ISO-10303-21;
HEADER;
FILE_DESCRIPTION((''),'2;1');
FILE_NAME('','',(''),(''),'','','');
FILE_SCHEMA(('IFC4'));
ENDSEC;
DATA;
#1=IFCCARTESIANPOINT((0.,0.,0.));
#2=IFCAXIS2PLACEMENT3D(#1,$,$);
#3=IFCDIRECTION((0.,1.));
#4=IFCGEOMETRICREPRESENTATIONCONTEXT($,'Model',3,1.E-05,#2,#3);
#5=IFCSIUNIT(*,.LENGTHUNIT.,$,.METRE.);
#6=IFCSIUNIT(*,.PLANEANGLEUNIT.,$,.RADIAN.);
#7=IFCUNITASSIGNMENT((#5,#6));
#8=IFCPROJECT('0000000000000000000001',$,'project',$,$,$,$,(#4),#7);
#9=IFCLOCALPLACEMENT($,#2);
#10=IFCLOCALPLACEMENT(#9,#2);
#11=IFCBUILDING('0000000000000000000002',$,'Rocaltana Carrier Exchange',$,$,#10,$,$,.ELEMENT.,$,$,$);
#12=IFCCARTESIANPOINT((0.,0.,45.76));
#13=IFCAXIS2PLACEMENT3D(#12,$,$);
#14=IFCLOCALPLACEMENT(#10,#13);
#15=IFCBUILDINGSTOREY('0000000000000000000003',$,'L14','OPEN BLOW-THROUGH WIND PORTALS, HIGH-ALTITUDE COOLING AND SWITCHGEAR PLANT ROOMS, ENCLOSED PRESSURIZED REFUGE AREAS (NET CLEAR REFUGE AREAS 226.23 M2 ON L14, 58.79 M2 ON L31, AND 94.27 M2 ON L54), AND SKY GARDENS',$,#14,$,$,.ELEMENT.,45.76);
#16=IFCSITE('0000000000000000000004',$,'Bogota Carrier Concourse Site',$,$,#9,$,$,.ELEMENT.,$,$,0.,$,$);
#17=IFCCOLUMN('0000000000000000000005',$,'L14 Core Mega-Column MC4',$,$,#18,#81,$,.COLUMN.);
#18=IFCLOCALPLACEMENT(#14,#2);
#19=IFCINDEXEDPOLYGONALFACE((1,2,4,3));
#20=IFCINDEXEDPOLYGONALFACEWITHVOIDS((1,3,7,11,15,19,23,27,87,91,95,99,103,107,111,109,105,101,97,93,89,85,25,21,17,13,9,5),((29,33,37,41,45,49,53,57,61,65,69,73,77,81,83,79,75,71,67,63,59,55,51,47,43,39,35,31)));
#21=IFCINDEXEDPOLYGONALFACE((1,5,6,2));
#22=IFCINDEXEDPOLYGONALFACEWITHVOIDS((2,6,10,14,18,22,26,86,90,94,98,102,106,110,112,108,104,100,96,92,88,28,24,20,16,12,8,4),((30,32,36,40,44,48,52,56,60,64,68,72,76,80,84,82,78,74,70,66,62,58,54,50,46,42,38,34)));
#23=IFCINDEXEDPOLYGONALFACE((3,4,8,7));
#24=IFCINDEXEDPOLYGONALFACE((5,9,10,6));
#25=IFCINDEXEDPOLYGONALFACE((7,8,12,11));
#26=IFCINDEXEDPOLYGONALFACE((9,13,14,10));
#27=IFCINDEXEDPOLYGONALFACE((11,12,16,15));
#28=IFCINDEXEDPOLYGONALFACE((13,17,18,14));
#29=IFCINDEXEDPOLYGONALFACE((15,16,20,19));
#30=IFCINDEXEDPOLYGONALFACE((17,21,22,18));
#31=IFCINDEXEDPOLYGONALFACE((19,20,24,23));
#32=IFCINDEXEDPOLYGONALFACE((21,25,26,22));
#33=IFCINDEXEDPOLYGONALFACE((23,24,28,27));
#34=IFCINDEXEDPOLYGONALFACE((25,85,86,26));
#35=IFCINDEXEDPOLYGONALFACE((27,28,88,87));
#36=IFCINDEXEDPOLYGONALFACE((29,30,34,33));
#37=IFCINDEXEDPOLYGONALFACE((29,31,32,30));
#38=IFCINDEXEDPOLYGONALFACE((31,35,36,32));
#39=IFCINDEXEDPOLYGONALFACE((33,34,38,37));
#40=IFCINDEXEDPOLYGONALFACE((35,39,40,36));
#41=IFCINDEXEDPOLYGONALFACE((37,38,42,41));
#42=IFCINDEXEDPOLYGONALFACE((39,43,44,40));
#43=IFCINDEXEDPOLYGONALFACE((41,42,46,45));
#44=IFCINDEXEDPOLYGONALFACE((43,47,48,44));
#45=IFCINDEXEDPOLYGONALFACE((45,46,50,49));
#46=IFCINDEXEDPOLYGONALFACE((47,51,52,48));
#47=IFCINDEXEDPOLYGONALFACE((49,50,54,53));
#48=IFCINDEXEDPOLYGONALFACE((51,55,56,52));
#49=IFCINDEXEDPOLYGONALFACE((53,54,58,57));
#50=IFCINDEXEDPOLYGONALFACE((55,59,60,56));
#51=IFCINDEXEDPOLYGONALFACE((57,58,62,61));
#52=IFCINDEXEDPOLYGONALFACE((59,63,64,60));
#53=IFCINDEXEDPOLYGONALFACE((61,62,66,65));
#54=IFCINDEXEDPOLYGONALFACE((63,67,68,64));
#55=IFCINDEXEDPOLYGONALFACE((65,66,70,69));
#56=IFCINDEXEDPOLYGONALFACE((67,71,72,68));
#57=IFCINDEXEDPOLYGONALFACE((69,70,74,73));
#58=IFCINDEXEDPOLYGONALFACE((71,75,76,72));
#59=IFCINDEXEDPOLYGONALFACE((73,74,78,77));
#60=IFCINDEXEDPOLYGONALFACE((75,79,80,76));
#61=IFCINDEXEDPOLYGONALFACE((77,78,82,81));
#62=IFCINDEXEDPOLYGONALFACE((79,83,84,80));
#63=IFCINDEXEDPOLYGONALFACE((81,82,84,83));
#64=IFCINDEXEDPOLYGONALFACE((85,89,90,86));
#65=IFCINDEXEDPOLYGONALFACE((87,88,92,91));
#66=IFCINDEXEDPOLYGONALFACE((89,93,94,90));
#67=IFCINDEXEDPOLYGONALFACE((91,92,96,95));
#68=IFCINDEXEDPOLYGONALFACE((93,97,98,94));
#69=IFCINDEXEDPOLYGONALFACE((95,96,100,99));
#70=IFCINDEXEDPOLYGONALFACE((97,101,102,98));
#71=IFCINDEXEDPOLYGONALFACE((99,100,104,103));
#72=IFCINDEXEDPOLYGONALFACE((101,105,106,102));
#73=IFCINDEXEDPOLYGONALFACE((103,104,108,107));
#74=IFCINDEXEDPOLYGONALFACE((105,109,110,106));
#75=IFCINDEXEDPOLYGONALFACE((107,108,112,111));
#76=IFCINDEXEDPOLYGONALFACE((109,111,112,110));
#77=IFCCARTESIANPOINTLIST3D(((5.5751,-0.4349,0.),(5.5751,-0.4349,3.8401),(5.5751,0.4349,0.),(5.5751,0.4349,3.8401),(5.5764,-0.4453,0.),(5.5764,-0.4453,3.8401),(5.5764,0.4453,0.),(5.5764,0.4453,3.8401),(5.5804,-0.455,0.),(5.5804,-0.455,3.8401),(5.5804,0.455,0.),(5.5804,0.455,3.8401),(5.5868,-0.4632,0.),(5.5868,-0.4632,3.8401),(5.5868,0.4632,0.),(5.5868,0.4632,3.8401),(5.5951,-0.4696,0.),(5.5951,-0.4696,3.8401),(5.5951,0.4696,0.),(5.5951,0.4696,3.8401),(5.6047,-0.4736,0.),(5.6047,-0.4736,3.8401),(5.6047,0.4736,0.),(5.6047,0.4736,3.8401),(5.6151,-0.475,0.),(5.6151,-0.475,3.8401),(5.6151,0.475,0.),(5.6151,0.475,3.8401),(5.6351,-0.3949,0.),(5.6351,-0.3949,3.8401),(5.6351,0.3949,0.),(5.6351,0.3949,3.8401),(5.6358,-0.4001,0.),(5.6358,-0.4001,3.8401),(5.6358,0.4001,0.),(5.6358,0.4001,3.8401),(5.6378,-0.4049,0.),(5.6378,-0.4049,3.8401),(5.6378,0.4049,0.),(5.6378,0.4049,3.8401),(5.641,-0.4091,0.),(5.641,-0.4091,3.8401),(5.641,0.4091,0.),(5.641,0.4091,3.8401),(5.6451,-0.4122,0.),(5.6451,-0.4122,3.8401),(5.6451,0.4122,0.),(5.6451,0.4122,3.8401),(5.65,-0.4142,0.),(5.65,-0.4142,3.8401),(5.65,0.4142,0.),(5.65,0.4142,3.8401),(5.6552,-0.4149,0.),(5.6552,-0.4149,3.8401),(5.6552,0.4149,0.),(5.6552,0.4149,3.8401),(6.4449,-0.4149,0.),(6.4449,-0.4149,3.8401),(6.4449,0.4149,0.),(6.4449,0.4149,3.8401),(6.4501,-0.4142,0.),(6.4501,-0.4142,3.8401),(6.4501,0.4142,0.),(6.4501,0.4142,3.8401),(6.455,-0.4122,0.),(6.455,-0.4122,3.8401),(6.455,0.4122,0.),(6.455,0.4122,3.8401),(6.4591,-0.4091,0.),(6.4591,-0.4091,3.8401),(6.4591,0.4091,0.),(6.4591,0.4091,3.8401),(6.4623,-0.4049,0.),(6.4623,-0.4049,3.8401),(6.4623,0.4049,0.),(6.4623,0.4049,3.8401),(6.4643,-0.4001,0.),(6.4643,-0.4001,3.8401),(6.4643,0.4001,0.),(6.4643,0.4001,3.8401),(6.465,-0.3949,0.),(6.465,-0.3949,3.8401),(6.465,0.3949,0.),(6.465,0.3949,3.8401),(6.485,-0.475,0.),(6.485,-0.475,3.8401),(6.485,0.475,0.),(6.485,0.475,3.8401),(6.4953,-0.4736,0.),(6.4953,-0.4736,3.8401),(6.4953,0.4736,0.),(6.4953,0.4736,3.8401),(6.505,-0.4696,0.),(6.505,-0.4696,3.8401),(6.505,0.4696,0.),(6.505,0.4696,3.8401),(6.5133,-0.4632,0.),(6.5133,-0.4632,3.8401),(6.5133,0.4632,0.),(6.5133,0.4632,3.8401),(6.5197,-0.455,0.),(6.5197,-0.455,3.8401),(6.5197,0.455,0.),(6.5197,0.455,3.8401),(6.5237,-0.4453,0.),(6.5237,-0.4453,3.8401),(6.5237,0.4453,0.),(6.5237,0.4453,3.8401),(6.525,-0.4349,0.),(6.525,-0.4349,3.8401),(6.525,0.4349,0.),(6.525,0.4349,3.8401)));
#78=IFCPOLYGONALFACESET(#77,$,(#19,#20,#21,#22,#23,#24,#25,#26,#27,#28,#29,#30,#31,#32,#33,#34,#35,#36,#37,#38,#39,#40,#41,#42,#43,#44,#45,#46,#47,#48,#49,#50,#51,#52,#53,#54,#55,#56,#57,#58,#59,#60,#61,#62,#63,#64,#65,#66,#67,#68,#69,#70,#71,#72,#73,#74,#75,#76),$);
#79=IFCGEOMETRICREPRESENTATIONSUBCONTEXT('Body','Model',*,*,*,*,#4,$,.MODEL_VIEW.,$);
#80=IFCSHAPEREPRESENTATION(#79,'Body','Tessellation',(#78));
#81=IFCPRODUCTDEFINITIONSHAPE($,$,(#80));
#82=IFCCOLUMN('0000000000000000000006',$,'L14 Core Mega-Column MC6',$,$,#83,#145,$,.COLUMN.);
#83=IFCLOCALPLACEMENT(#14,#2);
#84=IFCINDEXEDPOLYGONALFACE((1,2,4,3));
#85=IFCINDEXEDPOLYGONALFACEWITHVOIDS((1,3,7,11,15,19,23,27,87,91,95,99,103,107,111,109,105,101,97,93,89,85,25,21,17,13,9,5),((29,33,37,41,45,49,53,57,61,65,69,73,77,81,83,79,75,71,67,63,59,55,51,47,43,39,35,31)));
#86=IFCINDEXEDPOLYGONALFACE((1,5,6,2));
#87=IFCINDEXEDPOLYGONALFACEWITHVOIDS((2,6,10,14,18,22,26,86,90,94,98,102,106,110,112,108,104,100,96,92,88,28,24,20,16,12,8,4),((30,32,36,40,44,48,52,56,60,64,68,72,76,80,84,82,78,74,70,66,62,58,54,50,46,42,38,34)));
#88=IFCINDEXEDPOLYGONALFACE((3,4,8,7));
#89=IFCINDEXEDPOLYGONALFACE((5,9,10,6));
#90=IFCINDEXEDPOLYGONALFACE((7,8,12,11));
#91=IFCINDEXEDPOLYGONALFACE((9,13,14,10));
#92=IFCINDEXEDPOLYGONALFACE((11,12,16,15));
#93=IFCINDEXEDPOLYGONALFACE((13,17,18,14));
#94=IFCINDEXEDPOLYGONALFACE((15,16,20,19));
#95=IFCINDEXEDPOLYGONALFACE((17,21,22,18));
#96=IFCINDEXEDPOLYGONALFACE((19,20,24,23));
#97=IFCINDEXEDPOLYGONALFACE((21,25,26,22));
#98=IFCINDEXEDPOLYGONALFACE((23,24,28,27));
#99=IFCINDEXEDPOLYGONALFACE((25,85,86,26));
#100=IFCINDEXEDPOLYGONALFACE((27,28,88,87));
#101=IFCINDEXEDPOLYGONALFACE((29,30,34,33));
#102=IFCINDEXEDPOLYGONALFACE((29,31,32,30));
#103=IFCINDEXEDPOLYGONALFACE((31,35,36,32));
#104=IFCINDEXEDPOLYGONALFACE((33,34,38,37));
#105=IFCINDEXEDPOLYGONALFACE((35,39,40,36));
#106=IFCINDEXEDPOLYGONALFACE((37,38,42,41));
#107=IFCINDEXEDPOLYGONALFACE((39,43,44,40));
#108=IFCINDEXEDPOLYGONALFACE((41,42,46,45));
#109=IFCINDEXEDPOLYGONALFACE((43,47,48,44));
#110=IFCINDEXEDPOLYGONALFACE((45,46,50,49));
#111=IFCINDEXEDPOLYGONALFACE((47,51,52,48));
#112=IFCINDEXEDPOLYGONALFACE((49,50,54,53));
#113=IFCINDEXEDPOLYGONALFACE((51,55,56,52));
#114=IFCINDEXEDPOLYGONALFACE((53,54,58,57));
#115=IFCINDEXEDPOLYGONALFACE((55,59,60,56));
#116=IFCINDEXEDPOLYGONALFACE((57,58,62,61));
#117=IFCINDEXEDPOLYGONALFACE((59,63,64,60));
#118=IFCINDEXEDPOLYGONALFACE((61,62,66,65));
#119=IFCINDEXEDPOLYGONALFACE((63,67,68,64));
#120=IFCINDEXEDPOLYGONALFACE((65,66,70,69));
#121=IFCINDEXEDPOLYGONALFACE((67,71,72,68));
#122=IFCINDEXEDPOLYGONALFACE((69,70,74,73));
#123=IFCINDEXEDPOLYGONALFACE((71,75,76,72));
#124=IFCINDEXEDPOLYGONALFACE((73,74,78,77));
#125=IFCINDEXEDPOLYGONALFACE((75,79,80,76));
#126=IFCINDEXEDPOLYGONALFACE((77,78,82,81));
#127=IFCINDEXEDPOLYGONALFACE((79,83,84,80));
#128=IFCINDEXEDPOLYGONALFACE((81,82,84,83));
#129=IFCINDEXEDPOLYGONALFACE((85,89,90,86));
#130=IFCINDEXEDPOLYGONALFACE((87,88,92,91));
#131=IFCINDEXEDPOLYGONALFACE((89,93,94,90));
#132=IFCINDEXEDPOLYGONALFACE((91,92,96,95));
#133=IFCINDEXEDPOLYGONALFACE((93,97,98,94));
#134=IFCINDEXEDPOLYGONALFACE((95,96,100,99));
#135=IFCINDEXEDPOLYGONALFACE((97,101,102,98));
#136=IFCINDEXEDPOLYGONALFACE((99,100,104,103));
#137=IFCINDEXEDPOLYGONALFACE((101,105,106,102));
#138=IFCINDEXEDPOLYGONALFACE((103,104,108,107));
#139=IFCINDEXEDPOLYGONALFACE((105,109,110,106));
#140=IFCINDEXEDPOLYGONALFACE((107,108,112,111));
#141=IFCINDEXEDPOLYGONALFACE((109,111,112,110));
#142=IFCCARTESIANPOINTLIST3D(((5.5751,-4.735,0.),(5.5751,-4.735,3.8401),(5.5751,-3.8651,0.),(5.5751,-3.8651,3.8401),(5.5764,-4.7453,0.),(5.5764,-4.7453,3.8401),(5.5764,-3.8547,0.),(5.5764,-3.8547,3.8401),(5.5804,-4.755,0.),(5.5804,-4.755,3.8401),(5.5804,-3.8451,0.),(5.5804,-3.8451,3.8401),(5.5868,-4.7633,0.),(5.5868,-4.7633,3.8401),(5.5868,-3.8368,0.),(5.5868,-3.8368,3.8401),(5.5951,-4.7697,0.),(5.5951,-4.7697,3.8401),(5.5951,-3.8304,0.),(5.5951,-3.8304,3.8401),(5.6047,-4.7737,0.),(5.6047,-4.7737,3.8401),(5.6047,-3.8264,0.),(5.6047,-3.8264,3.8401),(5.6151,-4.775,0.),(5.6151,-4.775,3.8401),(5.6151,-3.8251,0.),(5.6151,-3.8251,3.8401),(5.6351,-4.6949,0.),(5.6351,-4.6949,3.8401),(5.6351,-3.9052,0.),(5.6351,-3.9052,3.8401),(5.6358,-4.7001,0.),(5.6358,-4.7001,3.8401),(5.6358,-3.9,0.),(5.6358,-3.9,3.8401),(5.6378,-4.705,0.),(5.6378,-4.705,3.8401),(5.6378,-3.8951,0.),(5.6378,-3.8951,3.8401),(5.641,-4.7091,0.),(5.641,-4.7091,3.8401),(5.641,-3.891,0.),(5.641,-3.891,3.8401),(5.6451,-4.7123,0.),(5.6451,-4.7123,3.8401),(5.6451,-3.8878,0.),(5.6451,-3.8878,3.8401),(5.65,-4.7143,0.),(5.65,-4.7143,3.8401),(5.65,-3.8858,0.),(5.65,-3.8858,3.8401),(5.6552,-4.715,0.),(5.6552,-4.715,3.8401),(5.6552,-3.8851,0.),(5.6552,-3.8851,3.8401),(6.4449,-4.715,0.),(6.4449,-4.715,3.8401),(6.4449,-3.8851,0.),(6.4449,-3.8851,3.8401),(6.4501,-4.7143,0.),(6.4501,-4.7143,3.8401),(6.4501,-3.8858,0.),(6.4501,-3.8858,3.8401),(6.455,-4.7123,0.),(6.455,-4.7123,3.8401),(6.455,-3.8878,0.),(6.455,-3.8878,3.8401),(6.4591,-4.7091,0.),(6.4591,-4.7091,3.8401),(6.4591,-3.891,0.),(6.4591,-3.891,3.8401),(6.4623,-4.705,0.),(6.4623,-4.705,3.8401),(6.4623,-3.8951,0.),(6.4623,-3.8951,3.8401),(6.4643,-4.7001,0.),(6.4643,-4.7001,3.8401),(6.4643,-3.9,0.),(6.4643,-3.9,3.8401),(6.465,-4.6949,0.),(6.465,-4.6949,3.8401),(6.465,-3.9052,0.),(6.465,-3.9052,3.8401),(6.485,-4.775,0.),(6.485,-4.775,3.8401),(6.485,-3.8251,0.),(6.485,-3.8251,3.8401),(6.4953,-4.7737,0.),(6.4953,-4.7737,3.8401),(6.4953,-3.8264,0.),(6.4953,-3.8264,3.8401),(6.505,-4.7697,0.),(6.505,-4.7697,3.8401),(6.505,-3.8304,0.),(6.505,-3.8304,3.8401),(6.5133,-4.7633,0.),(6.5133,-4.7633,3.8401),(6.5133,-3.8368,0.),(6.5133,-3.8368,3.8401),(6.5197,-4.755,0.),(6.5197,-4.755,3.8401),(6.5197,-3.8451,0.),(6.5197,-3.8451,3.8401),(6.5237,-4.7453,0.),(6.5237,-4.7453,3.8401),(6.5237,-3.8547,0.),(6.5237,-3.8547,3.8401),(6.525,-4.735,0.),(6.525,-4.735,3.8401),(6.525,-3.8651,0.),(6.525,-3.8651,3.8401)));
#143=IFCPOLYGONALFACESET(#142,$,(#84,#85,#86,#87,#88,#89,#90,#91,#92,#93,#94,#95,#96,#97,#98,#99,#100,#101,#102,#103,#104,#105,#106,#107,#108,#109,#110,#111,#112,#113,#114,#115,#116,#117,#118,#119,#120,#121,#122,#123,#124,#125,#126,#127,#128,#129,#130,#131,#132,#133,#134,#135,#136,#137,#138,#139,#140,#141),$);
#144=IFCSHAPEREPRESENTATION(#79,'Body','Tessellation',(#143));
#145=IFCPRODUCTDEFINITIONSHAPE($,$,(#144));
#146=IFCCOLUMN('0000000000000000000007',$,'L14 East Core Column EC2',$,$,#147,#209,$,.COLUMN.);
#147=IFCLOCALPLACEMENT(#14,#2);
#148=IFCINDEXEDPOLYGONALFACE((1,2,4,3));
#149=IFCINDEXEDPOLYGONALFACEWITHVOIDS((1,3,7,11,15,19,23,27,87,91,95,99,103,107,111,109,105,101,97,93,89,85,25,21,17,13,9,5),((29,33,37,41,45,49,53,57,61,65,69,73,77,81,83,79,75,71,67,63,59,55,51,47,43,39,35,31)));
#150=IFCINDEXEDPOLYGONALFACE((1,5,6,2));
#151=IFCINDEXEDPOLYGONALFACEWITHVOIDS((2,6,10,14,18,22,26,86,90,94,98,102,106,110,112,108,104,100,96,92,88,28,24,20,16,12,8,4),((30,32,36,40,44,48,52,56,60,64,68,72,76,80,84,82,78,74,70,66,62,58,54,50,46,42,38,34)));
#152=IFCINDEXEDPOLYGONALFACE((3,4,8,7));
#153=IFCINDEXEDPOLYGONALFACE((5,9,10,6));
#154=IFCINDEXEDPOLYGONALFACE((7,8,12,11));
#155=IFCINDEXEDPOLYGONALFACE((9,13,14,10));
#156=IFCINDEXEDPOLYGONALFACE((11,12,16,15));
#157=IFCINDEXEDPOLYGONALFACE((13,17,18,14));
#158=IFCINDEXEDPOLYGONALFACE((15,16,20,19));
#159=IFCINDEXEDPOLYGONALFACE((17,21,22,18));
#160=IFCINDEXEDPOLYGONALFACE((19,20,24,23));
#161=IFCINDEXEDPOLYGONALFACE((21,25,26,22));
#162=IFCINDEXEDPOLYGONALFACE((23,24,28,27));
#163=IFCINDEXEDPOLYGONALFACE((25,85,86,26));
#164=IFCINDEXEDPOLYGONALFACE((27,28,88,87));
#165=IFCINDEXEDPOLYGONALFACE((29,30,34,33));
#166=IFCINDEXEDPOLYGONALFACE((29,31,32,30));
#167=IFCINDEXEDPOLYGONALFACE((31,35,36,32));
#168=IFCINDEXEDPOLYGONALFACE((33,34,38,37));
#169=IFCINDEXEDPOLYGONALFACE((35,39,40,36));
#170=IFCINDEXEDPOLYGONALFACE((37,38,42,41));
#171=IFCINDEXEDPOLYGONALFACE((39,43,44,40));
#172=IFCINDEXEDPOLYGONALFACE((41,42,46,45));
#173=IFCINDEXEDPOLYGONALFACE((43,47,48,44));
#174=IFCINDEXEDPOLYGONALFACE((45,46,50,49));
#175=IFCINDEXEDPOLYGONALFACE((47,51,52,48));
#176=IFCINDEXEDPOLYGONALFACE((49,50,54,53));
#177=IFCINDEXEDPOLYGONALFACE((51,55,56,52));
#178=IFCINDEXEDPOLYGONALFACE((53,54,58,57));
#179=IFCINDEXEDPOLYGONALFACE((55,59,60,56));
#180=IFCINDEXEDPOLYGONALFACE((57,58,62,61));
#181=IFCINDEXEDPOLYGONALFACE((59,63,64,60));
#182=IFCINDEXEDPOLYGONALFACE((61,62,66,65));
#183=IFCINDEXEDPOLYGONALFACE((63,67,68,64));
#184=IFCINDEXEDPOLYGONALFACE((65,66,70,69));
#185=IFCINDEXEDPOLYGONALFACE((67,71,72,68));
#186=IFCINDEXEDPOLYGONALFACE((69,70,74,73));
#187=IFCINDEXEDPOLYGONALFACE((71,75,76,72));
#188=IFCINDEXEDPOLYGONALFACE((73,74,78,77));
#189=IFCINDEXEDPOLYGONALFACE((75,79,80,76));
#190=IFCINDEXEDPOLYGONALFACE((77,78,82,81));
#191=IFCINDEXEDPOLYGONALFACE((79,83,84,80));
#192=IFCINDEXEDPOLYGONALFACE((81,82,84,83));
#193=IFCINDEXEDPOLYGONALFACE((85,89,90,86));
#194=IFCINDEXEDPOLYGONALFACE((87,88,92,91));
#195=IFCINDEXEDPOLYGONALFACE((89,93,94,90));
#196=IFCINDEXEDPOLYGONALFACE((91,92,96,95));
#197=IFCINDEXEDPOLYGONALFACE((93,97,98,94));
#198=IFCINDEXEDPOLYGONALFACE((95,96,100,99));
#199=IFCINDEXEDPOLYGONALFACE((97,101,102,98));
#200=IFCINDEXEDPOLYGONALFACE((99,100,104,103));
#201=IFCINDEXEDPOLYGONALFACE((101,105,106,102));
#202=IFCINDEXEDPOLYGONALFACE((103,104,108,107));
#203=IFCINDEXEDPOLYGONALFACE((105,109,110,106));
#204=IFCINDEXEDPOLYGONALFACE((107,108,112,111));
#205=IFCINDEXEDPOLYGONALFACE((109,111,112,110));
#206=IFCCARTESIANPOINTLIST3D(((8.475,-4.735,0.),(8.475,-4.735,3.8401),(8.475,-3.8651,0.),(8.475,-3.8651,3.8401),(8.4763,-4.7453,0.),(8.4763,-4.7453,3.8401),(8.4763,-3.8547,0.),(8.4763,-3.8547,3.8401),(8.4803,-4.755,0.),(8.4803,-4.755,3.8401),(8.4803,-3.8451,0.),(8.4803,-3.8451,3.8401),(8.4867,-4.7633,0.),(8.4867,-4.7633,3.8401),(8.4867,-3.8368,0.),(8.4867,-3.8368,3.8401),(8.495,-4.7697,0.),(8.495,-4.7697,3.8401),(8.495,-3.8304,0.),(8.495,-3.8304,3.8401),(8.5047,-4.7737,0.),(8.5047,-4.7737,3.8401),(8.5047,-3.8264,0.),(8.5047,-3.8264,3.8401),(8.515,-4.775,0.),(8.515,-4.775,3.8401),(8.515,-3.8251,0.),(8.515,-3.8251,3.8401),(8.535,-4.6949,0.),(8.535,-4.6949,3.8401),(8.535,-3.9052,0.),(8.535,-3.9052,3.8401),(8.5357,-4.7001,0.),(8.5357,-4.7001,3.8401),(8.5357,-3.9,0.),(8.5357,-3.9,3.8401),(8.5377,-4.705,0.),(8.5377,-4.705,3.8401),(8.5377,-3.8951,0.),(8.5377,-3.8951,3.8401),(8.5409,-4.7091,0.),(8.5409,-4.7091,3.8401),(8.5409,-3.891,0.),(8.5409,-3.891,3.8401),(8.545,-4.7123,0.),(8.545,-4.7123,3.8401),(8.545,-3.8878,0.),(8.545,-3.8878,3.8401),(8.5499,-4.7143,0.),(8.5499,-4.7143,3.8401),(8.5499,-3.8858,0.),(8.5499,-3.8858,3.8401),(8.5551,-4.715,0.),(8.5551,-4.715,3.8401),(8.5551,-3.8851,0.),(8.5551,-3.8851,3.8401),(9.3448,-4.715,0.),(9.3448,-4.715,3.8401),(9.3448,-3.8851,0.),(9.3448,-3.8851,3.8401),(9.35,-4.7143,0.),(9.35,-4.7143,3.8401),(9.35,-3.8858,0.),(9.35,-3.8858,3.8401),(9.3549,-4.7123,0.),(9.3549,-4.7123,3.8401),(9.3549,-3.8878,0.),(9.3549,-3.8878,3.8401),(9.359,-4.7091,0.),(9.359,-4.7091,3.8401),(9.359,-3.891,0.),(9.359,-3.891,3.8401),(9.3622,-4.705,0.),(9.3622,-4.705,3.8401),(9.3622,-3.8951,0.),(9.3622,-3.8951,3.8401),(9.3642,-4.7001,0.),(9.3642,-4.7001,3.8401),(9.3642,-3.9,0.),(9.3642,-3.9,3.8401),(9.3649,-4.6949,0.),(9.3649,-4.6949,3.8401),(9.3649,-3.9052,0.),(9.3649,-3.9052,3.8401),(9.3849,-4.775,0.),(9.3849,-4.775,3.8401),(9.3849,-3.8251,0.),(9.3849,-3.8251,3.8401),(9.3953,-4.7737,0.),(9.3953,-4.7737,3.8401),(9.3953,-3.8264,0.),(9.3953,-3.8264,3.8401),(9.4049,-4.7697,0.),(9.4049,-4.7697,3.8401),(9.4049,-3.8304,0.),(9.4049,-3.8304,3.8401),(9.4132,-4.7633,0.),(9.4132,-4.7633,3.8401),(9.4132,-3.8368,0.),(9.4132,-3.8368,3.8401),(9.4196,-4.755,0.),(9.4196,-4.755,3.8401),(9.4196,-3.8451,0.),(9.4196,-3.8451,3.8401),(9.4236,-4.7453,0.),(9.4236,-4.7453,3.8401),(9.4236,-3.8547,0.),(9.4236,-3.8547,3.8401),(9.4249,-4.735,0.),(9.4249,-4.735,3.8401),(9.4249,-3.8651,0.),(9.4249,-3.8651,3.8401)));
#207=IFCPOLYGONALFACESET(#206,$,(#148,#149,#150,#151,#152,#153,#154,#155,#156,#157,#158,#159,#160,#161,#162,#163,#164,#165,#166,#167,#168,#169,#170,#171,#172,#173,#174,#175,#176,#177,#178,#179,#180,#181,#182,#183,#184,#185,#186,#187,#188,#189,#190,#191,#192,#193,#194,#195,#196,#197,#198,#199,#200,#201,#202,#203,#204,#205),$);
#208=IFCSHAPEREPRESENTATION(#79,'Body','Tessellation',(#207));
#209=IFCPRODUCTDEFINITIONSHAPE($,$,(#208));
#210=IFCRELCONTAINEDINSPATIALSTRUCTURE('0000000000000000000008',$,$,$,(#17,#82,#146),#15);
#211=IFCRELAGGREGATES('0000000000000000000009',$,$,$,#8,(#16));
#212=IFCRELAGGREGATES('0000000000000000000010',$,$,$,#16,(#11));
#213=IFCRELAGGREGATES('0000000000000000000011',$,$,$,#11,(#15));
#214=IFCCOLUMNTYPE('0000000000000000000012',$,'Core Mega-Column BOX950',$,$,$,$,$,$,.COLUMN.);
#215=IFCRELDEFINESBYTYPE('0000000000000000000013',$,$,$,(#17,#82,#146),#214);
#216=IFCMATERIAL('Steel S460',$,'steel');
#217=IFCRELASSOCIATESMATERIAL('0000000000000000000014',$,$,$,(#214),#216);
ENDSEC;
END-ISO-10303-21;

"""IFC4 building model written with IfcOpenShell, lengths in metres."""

from ifc_helpers import new_model, si_unit, direction, frame, origin, origin_2d, place, context, subcontext, project, spatial, hollow_rectangle, extrude, material, material_profile, profile_set, type_object, element, save


model = new_model("IFC4")

# Units and contexts
model_context = context("Model", 3, precision=1e-05, world=origin(), true_north=direction((0.0, 1.0)))
body_context = subcontext(model_context, "Body", "Model", "MODEL_VIEW")
ifc_project = project(units=[si_unit("LENGTHUNIT", "METRE"), si_unit("PLANEANGLEUNIT", "RADIAN")], contexts=[model_context])

# Site, building, storey
site_placement = place(None, origin())
site = spatial("IfcSite", under=ifc_project, at=site_placement, Name="Bogota Carrier Concourse Site", CompositionType="ELEMENT", RefElevation=0.0)
building_placement = place(site_placement, origin())
building = spatial("IfcBuilding", under=site, at=building_placement, Name="Rocaltana Carrier Exchange", CompositionType="ELEMENT")
storey_placement = place(building_placement, frame((0.0, 0.0, 45.76)))
storey = spatial("IfcBuildingStorey", under=building, at=storey_placement, Name="L14", Description="OPEN BLOW-THROUGH WIND PORTALS, HIGH-ALTITUDE COOLING AND SWITCHGEAR PLANT ROOMS, ENCLOSED PRESSURIZED REFUGE AREAS (NET CLEAR REFUGE AREAS 226.23 M2 ON L14, 58.79 M2 ON L31, AND 94.27 M2 ON L54), AND SKY GARDENS", CompositionType="ELEMENT", Elevation=45.76)

# Columns
ifc_material_1 = material(Name="Steel S460", Category="steel")
ifc_material_profile_1 = material_profile(ifc_material_1, hollow_rectangle(XDim=0.95, YDim=0.95, WallThickness=0.0601, InnerFilletRadius=0.02, OuterFilletRadius=0.04, at=origin_2d()), Name="BOX950X950X60")
ifc_profile_set_1 = profile_set([ifc_material_profile_1], Name="Steel S460")
column_type = type_object("IfcColumnType", Name="Core Mega-Column BOX950", PredefinedType="COLUMN", material=ifc_profile_set_1)
for number, where, z_axis, x_axis, name in (
    (1, (6.05, 0.0, 0.0), (0.0, 0.0, 1.0), (1.0, 0.0, 0.0), "L14 Core Mega-Column MC4"),
    (2, (6.05, -4.3, 0.0), (0.0, 0.0, 1.0), (1.0, 0.0, 0.0), "L14 Core Mega-Column MC6"),
    (3, (8.95, -4.3, 0.0), (0.0, 0.0, 1.0), (1.0, 0.0, 0.0), "L14 East Core Column EC2"),
):
    element("IfcColumn", number, at=place(storey_placement, frame(where, z_axis=z_axis, x_axis=x_axis)), inside=storey, type_object=column_type, Name=name, PredefinedType="COLUMN", context=body_context, shape_type="SweptSolid", body=[
        extrude(hollow_rectangle(XDim=0.95, YDim=0.95, WallThickness=0.0601, InnerFilletRadius=0.02, OuterFilletRadius=0.04, at=origin_2d()), origin(), (0.0, 0.0, 1.0), 3.8401),
    ])

save(model, "model.ifc")
